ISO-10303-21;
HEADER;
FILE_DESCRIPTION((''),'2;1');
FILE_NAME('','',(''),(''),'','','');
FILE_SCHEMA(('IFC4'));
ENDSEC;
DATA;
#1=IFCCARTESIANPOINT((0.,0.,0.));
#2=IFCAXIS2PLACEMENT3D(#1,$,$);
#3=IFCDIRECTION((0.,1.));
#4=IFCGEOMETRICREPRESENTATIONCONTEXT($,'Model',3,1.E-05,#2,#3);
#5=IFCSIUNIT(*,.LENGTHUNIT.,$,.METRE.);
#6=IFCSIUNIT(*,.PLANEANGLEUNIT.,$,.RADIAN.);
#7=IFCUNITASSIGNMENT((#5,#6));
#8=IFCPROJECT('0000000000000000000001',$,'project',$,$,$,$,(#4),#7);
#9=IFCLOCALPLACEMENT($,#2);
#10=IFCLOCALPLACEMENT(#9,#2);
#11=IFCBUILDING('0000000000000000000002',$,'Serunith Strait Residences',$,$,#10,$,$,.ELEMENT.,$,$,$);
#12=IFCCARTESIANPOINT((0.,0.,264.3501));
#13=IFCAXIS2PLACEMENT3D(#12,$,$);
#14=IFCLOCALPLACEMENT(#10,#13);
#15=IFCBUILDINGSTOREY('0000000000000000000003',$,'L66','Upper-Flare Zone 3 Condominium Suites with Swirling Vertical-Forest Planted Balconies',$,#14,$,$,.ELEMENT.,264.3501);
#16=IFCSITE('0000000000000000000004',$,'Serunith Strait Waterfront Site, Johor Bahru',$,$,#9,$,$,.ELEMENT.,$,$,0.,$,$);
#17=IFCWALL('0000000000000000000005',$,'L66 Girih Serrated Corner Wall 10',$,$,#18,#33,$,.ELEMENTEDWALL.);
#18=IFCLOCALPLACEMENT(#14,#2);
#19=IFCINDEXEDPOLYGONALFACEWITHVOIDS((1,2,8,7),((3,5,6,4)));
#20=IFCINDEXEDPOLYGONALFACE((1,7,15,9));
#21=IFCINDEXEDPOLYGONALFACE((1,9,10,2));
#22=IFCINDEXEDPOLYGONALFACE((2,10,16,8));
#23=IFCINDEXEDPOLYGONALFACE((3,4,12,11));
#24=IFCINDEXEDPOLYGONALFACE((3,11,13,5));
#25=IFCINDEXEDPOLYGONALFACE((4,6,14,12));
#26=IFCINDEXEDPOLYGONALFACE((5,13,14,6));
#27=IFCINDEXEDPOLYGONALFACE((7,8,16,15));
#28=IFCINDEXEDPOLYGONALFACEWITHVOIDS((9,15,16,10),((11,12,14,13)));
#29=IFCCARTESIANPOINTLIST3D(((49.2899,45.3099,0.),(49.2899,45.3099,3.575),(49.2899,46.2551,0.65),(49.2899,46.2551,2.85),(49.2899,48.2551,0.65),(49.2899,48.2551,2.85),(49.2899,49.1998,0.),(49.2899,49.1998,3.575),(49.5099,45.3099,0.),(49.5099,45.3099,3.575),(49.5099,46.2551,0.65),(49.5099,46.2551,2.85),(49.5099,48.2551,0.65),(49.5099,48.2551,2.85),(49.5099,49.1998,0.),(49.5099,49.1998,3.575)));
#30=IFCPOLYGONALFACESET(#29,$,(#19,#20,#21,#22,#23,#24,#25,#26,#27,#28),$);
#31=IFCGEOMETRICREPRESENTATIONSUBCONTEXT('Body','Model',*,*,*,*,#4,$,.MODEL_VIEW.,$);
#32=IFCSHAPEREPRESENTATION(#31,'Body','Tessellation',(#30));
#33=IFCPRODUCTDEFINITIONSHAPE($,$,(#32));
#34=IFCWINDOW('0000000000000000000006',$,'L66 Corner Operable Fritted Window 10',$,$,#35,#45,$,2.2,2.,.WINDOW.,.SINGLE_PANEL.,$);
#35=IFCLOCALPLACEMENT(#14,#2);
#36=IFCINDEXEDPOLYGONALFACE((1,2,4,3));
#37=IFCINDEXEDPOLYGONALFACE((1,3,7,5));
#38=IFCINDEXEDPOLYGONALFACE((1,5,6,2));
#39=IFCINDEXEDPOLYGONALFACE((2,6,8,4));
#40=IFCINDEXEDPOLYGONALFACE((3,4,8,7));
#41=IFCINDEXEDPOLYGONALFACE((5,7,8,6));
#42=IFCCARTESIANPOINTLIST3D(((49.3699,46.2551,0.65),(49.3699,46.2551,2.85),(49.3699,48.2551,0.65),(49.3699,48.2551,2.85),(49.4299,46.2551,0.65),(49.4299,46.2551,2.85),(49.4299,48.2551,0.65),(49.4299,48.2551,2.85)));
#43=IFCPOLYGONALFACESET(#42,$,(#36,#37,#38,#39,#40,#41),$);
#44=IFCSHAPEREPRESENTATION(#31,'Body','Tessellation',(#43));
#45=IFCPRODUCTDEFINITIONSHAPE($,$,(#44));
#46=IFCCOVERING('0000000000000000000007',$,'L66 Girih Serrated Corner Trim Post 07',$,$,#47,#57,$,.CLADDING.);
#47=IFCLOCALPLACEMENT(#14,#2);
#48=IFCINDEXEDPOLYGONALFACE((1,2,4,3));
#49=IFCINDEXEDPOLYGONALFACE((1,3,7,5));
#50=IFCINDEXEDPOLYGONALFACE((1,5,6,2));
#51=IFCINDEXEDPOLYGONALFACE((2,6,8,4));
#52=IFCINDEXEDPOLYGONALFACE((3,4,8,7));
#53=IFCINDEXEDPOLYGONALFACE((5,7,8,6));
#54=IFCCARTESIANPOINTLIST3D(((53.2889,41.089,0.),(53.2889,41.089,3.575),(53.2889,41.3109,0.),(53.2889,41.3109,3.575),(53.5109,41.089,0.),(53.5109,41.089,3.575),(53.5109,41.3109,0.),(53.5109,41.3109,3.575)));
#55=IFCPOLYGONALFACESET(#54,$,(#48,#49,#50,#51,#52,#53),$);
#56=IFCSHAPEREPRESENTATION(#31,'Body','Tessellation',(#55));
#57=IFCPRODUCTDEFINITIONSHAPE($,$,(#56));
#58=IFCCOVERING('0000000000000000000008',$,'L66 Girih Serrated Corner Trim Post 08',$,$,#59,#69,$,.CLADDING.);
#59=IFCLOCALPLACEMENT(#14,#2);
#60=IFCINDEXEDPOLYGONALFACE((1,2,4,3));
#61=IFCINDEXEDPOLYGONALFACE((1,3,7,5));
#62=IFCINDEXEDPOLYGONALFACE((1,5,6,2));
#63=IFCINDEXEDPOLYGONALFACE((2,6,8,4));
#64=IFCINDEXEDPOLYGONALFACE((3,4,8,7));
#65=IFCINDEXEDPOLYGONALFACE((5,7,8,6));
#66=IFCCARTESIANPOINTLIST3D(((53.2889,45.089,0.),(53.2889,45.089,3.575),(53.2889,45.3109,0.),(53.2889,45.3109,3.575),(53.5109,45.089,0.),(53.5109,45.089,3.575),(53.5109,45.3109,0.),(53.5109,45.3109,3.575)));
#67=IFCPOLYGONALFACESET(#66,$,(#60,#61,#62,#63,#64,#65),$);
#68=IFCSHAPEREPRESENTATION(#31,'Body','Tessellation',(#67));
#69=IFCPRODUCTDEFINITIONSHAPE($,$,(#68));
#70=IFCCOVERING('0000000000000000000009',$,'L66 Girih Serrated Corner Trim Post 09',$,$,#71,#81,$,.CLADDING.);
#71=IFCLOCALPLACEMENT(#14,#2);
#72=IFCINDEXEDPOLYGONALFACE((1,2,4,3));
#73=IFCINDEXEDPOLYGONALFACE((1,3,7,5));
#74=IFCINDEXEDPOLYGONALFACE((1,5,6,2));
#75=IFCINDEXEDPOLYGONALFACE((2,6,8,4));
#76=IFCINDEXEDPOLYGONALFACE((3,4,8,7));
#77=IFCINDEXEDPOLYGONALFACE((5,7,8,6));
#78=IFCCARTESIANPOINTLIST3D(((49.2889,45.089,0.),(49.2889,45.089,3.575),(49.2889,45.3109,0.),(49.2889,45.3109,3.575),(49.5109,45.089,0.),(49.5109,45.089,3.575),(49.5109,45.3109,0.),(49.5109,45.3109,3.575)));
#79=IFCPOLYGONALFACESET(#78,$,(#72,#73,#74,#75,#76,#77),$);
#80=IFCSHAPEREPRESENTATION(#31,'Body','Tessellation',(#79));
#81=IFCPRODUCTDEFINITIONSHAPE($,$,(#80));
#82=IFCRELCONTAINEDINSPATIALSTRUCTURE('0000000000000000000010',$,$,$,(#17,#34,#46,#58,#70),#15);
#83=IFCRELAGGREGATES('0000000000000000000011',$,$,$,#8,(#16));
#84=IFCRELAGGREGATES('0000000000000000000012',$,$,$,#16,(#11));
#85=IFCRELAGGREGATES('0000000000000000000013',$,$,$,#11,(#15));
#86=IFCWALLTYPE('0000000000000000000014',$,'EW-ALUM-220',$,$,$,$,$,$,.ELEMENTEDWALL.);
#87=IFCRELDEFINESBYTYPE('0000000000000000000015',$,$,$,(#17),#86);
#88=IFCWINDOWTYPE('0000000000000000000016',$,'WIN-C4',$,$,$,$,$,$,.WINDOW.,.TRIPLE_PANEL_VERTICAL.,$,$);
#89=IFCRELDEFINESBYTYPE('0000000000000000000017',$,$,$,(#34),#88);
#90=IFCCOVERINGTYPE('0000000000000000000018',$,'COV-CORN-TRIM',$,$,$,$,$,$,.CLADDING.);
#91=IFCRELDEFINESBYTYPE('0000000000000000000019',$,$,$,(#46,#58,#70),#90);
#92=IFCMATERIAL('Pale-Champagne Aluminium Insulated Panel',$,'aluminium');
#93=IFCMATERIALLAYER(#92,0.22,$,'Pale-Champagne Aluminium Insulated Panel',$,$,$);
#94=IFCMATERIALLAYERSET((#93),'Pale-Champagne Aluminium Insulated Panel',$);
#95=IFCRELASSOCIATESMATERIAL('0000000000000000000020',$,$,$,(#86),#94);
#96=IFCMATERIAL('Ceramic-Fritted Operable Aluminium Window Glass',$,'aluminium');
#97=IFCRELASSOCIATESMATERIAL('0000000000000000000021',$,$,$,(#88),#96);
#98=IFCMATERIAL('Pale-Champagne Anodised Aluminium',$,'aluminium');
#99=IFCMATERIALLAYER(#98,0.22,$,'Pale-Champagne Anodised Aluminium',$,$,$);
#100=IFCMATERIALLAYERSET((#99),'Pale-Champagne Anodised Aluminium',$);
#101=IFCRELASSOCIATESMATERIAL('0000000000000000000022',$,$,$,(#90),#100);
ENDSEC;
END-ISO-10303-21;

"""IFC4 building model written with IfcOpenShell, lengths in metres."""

from ifc_helpers import new_model, si_unit, direction, frame, frame_2d, origin, origin_2d, place, context, subcontext, project, spatial, rectangle, extrude, source, transform, mapped, material, layer, layer_set, type_object, element, fill, save


model = new_model("IFC4")

# Units and contexts
model_context = context("Model", 3, precision=1e-05, world=origin(), true_north=direction((0.0, 1.0)))
body_context = subcontext(model_context, "Body", "Model", "MODEL_VIEW")
ifc_project = project(units=[si_unit("LENGTHUNIT", "METRE"), si_unit("PLANEANGLEUNIT", "RADIAN")], contexts=[model_context])

# Site, building, storey
site_placement = place(None, origin())
site = spatial("IfcSite", under=ifc_project, at=site_placement, Name="Serunith Strait Waterfront Site, Johor Bahru", CompositionType="ELEMENT", RefElevation=0.0)
building_placement = place(site_placement, origin())
building = spatial("IfcBuilding", under=site, at=building_placement, Name="Serunith Strait Residences", CompositionType="ELEMENT")
storey_placement = place(building_placement, frame((0.0, 0.0, 264.3501)))
storey = spatial("IfcBuildingStorey", under=building, at=storey_placement, Name="L66", Description="Upper-Flare Zone 3 Condominium Suites with Swirling Vertical-Forest Planted Balconies", CompositionType="ELEMENT", Elevation=264.3501)

# Shared definitions
ifc_material_1 = material(Name="Pale-Champagne Anodised Aluminium", Category="aluminium")

# Wall, opening, window
ifc_material_2 = material(Name="Pale-Champagne Aluminium Insulated Panel", Category="aluminium")
ifc_layer_1 = layer(ifc_material_2, 0.22, Name="Pale-Champagne Aluminium Insulated Panel")
ifc_layer_set_1 = layer_set([ifc_layer_1], Name="Pale-Champagne Aluminium Insulated Panel")
wall_type = type_object("IfcWallType", Name="EW-ALUM-220", PredefinedType="ELEMENTEDWALL", material=ifc_layer_set_1)
ifc_material_3 = material(Name="Ceramic-Fritted Operable Aluminium Window Glass", Category="aluminium")
window_type = type_object("IfcWindowType", Name="WIN-C4", PartitioningType="TRIPLE_PANEL_VERTICAL", PredefinedType="WINDOW", material=ifc_material_3)
shared_shape_1 = source(origin(), body_context, "Body", "SweptSolid", [
    extrude(rectangle(XDim=2.0, YDim=2.2, at=frame_2d((1.0, 1.1001))), frame((0.0, 0.03, 0.0), z_axis=(0.0, -1.0, 0.0), x_axis=(1.0, 0.0, 0.0)), (0.0, 0.0, 1.0), 0.0601),
])
wall_1_placement = place(storey_placement, frame((49.3999, 45.3101, 0.0), z_axis=(0.0, 0.0, 1.0), x_axis=(0.0, 1.0, 0.0)))
wall_1 = element("IfcWall", 1, at=wall_1_placement, inside=storey, type_object=wall_type, Name="L66 Girih Serrated Corner Wall 10", PredefinedType="ELEMENTEDWALL", context=body_context, shape_type="SweptSolid", body=[
    extrude(rectangle(XDim=3.8899, YDim=0.22, at=frame_2d((1.9448, 0.0))), origin(), (0.0, 0.0, 1.0), 3.575),
])
opening_1_placement = place(wall_1_placement, frame((0.9451, 0.0, 0.6499)))
opening_1 = element("IfcOpeningElement", 2, at=opening_1_placement, cuts=wall_1, PredefinedType="OPENING", context=body_context, shape_type="SweptSolid", body=[
    extrude(rectangle(XDim=2.0, YDim=2.2, at=frame_2d((1.0, 1.1001))), frame((0.0, 0.1201, 0.0), z_axis=(0.0, -1.0, 0.0), x_axis=(1.0, 0.0, 0.0)), (0.0, 0.0, 1.0), 0.24),
])
window_1_placement = place(opening_1_placement, origin())
window_1 = element("IfcWindow", 3, at=window_1_placement, inside=storey, type_object=window_type, Name="L66 Corner Operable Fritted Window 10", OverallHeight=2.2, OverallWidth=2.0, PartitioningType="SINGLE_PANEL", PredefinedType="WINDOW", context=body_context, shape_type="MappedRepresentation", body=[
    mapped(shared_shape_1, transform((0.0, 0.0, 0.0), scale=1.0)),
])
fill(opening_1, window_1)

# Coverings
ifc_layer_2 = layer(ifc_material_1, 0.22, Name="Pale-Champagne Anodised Aluminium")
ifc_layer_set_2 = layer_set([ifc_layer_2], Name="Pale-Champagne Anodised Aluminium")
covering_type = type_object("IfcCoveringType", Name="COV-CORN-TRIM", PredefinedType="CLADDING", material=ifc_layer_set_2)
shared_shape_2 = source(origin(), body_context, "Body", "SweptSolid", [
    extrude(rectangle(XDim=0.2219, YDim=0.2219, at=origin_2d()), origin(), (0.0, 0.0, 1.0), 3.575),
])
for number, where, z_axis, x_axis, name in (
    (4, (53.3999, 41.2, 0.0), (0.0, 0.0, 1.0), (1.0, 0.0, 0.0), "L66 Girih Serrated Corner Trim Post 07"),
    (5, (53.3999, 45.2, 0.0), (0.0, 0.0, 1.0), (1.0, 0.0, 0.0), "L66 Girih Serrated Corner Trim Post 08"),
    (6, (49.3999, 45.2, 0.0), (0.0, 0.0, 1.0), (1.0, 0.0, 0.0), "L66 Girih Serrated Corner Trim Post 09"),
):
    element("IfcCovering", number, at=place(storey_placement, frame(where, z_axis=z_axis, x_axis=x_axis)), inside=storey, type_object=covering_type, Name=name, PredefinedType="CLADDING", context=body_context, shape_type="MappedRepresentation", body=[
        mapped(shared_shape_2, transform((0.0, 0.0, 0.0), scale=1.0)),
    ])

save(model, "model.ifc")
